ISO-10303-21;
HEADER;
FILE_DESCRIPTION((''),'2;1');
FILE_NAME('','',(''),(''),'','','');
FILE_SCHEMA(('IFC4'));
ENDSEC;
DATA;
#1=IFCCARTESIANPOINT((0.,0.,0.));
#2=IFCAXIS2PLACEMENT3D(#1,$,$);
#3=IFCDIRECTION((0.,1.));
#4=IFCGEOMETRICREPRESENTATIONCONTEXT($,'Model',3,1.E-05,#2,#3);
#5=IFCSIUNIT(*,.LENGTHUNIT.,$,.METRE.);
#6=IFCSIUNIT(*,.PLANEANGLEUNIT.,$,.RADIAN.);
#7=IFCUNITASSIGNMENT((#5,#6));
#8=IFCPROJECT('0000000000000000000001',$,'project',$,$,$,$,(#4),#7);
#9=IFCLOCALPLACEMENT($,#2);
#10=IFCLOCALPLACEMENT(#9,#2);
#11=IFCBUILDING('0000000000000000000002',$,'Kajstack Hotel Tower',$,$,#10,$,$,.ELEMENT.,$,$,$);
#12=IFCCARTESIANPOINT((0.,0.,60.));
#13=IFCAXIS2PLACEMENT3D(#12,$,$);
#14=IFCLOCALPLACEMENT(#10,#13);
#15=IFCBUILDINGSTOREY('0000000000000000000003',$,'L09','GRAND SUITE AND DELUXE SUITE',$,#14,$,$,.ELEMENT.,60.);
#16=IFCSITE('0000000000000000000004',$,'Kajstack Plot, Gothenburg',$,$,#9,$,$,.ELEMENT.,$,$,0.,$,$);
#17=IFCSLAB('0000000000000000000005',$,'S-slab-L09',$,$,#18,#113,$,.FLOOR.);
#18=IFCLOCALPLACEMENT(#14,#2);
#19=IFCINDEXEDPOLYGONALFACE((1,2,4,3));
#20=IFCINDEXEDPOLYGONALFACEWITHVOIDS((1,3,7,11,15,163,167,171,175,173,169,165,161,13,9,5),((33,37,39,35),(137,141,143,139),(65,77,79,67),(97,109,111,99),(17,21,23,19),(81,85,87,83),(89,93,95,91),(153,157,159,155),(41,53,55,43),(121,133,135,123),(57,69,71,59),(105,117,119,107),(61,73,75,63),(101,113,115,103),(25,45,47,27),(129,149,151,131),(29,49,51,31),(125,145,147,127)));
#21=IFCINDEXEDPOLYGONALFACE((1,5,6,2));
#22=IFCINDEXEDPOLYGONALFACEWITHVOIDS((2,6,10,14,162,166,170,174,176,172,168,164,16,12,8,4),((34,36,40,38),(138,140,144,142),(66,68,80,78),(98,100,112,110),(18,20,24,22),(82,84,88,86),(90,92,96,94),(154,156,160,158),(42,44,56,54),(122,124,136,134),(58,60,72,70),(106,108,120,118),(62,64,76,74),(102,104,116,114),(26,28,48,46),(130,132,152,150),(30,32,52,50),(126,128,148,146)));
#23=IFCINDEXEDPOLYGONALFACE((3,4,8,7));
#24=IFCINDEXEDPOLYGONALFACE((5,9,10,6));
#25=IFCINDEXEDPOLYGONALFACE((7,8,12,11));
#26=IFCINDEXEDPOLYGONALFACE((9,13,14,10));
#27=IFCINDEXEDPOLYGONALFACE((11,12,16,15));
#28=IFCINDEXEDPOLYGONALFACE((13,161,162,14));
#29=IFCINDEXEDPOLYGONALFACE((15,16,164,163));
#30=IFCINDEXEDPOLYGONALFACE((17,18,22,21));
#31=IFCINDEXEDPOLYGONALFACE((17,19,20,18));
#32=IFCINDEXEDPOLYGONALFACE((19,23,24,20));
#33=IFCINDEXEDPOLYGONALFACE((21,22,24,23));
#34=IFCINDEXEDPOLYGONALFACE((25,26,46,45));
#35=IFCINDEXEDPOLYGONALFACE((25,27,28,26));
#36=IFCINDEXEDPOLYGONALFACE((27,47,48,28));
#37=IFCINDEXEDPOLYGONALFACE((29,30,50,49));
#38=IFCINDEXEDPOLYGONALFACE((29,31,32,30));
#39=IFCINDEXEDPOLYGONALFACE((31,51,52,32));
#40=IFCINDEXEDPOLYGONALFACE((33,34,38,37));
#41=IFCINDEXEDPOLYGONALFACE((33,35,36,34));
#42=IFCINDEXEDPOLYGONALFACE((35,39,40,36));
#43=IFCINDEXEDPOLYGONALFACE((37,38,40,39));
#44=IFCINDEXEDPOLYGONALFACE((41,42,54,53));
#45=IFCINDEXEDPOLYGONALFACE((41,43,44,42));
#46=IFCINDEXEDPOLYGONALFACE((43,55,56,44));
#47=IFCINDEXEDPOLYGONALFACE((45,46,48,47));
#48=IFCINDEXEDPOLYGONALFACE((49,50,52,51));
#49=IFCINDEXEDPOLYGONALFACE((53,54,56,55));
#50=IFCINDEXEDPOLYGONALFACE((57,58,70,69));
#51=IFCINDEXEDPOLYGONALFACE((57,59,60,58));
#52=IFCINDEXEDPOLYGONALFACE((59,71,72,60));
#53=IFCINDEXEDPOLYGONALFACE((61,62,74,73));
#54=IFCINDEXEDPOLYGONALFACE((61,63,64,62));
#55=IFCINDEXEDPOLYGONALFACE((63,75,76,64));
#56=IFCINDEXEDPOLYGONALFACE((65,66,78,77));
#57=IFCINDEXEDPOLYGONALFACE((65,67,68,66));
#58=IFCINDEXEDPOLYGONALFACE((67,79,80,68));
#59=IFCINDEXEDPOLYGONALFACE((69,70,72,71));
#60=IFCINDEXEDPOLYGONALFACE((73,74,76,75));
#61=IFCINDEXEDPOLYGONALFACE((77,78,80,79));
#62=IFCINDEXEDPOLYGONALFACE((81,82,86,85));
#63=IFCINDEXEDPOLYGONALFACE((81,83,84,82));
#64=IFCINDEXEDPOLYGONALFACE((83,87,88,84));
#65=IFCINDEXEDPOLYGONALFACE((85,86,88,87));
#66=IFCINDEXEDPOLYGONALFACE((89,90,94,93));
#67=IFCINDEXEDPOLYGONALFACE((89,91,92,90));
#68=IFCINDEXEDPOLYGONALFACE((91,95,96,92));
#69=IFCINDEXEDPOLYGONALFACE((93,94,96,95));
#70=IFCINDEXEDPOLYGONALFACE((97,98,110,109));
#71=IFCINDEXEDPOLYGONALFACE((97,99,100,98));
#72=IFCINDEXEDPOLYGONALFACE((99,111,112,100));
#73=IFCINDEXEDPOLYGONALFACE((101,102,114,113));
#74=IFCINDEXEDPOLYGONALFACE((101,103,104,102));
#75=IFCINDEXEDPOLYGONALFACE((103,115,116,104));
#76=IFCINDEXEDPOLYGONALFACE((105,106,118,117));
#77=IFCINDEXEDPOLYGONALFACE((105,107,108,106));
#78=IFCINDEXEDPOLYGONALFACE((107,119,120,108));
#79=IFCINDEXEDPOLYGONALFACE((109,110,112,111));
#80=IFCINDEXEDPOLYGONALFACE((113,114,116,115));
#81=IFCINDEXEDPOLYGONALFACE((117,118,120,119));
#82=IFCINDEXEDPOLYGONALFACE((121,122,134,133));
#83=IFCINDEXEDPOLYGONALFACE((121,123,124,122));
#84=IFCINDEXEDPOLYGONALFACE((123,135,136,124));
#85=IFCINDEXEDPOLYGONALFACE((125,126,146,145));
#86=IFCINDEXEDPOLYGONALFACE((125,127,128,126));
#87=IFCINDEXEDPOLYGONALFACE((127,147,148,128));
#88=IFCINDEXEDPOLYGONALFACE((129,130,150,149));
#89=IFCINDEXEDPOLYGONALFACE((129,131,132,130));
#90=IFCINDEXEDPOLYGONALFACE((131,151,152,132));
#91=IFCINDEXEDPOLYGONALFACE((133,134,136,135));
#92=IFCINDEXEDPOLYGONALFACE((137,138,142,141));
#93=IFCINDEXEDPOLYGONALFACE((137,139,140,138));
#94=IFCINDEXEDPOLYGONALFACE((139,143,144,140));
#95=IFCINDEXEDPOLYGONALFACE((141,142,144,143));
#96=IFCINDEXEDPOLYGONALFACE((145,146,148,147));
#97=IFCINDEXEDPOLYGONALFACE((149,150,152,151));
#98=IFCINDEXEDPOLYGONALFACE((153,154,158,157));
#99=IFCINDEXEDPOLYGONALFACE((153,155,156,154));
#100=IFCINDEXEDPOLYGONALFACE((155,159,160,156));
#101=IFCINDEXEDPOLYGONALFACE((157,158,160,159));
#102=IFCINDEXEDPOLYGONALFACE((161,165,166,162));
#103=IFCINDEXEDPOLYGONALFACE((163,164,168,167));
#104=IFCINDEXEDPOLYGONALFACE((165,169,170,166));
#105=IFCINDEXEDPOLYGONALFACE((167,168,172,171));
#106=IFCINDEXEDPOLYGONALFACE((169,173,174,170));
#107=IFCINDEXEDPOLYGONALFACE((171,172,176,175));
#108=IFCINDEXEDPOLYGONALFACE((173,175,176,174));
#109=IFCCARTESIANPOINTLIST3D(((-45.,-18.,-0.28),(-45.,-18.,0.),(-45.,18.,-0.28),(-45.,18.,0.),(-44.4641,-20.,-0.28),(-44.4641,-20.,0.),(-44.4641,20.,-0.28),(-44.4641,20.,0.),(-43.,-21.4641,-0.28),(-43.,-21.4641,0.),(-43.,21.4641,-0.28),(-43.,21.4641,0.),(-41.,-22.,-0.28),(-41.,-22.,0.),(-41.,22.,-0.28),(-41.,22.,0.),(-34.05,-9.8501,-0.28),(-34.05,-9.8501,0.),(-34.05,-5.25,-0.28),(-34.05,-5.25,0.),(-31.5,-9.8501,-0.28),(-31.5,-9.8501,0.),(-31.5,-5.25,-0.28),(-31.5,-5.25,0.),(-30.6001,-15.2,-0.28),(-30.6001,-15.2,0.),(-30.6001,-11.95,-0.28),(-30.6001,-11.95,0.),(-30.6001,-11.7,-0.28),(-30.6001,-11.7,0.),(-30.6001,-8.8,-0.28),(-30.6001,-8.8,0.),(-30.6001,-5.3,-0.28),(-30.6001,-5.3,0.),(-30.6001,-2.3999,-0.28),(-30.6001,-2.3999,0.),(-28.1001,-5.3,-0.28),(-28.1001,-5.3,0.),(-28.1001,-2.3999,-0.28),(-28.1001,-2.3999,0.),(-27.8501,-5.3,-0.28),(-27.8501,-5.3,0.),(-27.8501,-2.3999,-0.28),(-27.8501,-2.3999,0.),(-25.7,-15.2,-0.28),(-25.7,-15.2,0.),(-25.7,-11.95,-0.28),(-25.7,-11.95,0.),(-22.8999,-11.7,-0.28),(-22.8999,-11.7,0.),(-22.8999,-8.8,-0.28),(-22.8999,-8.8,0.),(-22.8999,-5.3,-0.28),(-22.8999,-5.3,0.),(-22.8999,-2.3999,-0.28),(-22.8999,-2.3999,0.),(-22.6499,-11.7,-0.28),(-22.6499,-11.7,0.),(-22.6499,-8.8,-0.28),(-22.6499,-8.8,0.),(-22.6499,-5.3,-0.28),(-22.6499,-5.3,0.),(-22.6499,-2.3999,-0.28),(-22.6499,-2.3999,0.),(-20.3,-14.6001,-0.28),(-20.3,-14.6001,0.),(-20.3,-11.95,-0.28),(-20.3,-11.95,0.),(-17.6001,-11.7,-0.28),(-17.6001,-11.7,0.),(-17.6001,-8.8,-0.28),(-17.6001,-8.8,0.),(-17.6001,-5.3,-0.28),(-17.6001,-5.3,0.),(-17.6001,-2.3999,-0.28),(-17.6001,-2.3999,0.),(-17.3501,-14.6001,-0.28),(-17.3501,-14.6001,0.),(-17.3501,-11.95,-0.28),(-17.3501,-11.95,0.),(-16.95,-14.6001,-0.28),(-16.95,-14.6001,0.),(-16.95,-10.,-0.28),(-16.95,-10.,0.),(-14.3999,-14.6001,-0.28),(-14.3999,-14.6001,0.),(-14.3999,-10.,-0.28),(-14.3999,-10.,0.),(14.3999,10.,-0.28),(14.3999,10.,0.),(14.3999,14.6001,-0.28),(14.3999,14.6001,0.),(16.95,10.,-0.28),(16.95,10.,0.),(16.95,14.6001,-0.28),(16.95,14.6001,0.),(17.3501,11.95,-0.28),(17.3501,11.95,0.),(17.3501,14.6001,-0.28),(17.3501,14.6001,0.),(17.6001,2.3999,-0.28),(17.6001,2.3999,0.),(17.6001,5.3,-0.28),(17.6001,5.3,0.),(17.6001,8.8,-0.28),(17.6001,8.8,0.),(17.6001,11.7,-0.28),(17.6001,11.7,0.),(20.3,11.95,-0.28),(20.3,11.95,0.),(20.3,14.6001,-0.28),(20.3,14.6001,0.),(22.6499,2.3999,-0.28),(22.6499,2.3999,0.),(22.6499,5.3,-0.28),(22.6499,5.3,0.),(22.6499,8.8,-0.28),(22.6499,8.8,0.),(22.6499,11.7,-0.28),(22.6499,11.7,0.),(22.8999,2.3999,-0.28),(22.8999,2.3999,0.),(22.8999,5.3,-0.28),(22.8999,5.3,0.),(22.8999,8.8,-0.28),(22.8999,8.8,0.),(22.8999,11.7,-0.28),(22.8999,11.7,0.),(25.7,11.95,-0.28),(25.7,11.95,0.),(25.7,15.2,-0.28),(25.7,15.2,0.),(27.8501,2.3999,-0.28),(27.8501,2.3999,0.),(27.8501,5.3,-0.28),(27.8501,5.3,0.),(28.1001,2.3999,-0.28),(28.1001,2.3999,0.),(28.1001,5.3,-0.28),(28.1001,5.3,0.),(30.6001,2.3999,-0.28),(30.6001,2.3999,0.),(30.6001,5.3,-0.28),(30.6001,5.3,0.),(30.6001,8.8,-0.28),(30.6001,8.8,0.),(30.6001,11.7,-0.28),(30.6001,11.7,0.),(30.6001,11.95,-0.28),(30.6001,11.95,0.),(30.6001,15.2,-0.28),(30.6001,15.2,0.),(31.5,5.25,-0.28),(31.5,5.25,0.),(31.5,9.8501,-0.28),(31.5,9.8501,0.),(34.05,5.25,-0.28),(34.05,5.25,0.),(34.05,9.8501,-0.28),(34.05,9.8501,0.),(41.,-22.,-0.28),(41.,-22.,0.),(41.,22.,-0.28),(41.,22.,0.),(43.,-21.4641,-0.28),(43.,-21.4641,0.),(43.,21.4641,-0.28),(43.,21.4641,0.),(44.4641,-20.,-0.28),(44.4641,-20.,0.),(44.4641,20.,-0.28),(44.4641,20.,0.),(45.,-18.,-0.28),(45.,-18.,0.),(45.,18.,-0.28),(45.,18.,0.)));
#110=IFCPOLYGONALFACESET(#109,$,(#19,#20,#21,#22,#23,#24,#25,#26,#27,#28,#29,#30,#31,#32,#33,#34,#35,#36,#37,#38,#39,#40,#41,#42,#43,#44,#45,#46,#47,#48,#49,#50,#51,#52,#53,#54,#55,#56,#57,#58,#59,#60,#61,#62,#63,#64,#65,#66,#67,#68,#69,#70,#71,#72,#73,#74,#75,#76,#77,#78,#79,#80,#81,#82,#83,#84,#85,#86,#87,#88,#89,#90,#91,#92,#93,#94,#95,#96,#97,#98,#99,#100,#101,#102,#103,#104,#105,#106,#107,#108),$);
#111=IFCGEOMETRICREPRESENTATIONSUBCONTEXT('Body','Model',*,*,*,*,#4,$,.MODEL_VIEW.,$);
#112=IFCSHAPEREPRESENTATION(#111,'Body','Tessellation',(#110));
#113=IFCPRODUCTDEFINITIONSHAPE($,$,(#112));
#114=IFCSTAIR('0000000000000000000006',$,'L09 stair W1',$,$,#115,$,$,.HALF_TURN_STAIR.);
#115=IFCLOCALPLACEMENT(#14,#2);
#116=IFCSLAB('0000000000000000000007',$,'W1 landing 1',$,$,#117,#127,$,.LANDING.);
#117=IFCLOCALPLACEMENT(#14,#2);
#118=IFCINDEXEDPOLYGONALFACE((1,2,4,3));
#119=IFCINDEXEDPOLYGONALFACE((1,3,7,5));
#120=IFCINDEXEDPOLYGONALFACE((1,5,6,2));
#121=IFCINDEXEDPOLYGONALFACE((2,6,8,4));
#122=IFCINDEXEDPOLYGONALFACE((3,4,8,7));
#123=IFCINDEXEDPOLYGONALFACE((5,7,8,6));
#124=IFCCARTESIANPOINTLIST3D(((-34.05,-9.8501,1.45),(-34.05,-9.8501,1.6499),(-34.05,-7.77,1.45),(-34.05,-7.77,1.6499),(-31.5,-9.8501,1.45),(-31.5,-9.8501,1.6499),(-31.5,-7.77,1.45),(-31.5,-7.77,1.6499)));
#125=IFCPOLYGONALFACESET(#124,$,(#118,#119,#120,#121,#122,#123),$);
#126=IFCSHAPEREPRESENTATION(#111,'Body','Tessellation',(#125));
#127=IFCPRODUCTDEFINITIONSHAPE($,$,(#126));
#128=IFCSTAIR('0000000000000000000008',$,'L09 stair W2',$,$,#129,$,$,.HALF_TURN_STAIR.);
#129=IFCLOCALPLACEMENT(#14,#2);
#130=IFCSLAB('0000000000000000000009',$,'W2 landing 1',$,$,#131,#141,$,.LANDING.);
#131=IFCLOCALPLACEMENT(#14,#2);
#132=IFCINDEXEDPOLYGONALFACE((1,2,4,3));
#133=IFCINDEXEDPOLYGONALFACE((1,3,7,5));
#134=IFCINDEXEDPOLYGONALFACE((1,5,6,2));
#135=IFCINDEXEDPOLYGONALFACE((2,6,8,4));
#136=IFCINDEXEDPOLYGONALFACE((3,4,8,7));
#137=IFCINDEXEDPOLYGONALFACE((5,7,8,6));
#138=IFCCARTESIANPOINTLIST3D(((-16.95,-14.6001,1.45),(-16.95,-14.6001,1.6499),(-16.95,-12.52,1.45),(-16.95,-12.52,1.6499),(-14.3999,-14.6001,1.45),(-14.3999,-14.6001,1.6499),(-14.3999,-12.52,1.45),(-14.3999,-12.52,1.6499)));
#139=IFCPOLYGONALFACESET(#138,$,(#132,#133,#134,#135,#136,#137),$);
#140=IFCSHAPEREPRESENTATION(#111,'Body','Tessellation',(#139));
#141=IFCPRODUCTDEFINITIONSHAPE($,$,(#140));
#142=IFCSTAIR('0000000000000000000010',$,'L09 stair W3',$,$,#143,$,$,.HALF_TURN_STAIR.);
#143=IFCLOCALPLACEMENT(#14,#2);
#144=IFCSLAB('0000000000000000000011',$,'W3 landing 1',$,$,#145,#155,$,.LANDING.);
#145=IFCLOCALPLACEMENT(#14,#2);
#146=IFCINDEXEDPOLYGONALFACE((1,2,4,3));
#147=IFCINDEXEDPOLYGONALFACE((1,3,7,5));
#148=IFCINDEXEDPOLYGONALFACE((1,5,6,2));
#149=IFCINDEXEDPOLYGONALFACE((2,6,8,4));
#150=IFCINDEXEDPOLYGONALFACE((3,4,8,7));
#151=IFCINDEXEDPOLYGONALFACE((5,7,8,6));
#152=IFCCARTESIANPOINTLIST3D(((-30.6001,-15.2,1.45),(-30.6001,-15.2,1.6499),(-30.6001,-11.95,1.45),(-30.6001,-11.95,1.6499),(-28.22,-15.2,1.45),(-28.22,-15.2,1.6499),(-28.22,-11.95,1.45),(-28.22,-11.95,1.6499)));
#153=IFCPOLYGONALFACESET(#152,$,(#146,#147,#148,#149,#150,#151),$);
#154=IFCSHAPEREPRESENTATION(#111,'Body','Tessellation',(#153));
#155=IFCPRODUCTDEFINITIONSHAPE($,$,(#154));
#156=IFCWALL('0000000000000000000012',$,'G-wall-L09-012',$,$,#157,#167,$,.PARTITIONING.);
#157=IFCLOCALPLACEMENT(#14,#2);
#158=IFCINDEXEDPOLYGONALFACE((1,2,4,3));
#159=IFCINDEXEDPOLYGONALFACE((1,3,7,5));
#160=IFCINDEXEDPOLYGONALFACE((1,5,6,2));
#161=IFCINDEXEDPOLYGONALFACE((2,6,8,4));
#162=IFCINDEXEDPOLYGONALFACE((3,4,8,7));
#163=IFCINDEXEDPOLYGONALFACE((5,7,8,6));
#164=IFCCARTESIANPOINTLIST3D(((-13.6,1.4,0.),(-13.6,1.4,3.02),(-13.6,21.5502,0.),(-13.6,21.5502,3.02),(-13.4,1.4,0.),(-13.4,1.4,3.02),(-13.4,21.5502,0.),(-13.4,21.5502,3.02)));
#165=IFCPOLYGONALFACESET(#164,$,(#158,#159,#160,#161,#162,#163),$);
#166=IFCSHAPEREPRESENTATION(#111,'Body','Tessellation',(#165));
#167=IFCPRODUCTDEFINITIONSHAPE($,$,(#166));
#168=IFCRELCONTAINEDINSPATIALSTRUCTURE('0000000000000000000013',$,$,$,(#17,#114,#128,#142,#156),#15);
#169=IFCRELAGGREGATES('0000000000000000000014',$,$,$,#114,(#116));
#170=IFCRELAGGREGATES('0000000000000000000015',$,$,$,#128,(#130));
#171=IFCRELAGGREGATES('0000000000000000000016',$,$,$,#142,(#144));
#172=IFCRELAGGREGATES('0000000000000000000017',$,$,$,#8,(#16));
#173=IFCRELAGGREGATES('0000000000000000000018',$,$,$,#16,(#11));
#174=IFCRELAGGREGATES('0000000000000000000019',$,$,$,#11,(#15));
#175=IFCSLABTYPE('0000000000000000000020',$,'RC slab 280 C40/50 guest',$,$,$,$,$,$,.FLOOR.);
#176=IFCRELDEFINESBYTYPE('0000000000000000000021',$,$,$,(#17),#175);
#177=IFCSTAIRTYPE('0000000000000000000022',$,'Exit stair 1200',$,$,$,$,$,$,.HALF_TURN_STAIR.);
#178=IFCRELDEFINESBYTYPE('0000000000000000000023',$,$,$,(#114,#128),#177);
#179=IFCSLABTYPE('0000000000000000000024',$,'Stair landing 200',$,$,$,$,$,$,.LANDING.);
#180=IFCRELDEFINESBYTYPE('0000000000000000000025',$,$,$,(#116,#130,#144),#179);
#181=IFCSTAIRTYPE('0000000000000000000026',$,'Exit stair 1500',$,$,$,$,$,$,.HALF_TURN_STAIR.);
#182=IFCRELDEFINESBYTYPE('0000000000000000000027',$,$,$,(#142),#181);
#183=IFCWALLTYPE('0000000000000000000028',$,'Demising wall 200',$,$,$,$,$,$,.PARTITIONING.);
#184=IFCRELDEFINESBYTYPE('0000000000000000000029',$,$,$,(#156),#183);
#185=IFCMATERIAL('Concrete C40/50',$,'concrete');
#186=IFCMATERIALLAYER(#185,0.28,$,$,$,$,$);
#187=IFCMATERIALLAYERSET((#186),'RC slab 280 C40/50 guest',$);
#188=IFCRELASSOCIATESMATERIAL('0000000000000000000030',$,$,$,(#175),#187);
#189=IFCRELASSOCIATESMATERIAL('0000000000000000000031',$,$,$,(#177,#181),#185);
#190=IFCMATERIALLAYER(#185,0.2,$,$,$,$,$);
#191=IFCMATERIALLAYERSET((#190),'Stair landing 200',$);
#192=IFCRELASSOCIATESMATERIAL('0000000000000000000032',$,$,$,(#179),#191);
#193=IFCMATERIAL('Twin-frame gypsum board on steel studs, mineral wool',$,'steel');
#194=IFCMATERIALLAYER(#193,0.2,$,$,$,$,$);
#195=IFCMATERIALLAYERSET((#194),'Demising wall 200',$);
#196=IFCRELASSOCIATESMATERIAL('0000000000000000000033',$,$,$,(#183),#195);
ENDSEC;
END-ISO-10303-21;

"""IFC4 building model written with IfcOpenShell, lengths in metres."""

from ifc_helpers import new_model, si_unit, direction, frame, frame_2d, origin, place, context, subcontext, project, spatial, polyline, rectangle, outline, extrude, material, layer, layer_set, type_object, element, aggregate, save


model = new_model("IFC4")

# Units and contexts
model_context = context("Model", 3, precision=1e-05, world=origin(), true_north=direction((0.0, 1.0)))
body_context = subcontext(model_context, "Body", "Model", "MODEL_VIEW")
ifc_project = project(units=[si_unit("LENGTHUNIT", "METRE"), si_unit("PLANEANGLEUNIT", "RADIAN")], contexts=[model_context])

# Site, building, storey
site_placement = place(None, origin())
site = spatial("IfcSite", under=ifc_project, at=site_placement, Name="Kajstack Plot, Gothenburg", CompositionType="ELEMENT", RefElevation=0.0)
building_placement = place(site_placement, origin())
building = spatial("IfcBuilding", under=site, at=building_placement, Name="Kajstack Hotel Tower", CompositionType="ELEMENT")
storey_placement = place(building_placement, frame((0.0, 0.0, 60.0)))
storey = spatial("IfcBuildingStorey", under=building, at=storey_placement, Name="L09", Description="GRAND SUITE AND DELUXE SUITE", CompositionType="ELEMENT", Elevation=60.0)

# Slab
ifc_material_1 = material(Name="Concrete C40/50", Category="concrete")
ifc_layer_1 = layer(ifc_material_1, 0.28)
ifc_layer_set_1 = layer_set([ifc_layer_1], Name="RC slab 280 C40/50 guest")
slab_type_1 = type_object("IfcSlabType", Name="RC slab 280 C40/50 guest", PredefinedType="FLOOR", material=ifc_layer_set_1)
slab_1_placement = place(storey_placement, frame((0.0, 0.0, -0.28)))
element("IfcSlab", 1, at=slab_1_placement, inside=storey, type_object=slab_type_1, Name="S-slab-L09", PredefinedType="FLOOR", context=body_context, shape_type="SweptSolid", body=[
    extrude(outline(polyline([(-45.0, -18.0), (-44.4641, -20.0), (-43.0, -21.4641), (-41.0, -22.0), (41.0, -22.0), (43.0, -21.4641), (44.4641, -20.0), (45.0, -18.0), (45.0, 18.0), (44.4641, 20.0), (43.0, 21.4641), (41.0, 22.0), (-41.0, 22.0), (-43.0, 21.4641), (-44.4641, 20.0), (-45.0, 18.0), (-45.0, -18.0)]), holes=[polyline([(-30.6001, -11.7), (-30.6001, -8.8), (-22.8999, -8.8), (-22.8999, -11.7), (-30.6001, -11.7)]), polyline([(-22.6499, -11.7), (-22.6499, -8.8), (-17.6001, -8.8), (-17.6001, -11.7), (-22.6499, -11.7)]), polyline([(-27.8501, -5.3), (-27.8501, -2.3999), (-22.8999, -2.3999), (-22.8999, -5.3), (-27.8501, -5.3)]), polyline([(-22.6499, -5.3), (-22.6499, -2.3999), (-17.6001, -2.3999), (-17.6001, -5.3), (-22.6499, -5.3)]), polyline([(-20.3, -14.6001), (-17.3501, -14.6001), (-17.3501, -11.95), (-20.3, -11.95), (-20.3, -14.6001)]), polyline([(-30.6001, -5.3), (-28.1001, -5.3), (-28.1001, -2.3999), (-30.6001, -2.3999), (-30.6001, -5.3)]), polyline([(22.8999, 8.8), (22.8999, 11.7), (30.6001, 11.7), (30.6001, 8.8), (22.8999, 8.8)]), polyline([(17.6001, 8.8), (17.6001, 11.7), (22.6499, 11.7), (22.6499, 8.8), (17.6001, 8.8)]), polyline([(22.8999, 2.3999), (22.8999, 5.3), (27.8501, 5.3), (27.8501, 2.3999), (22.8999, 2.3999)]), polyline([(17.6001, 2.3999), (17.6001, 5.3), (22.6499, 5.3), (22.6499, 2.3999), (17.6001, 2.3999)]), polyline([(20.3, 14.6001), (17.3501, 14.6001), (17.3501, 11.95), (20.3, 11.95), (20.3, 14.6001)]), polyline([(30.6001, 5.3), (28.1001, 5.3), (28.1001, 2.3999), (30.6001, 2.3999), (30.6001, 5.3)]), polyline([(-34.05, -9.8501), (-31.5, -9.8501), (-31.5, -5.25), (-34.05, -5.25), (-34.05, -9.8501)]), polyline([(-16.95, -14.6001), (-14.3999, -14.6001), (-14.3999, -10.0), (-16.95, -10.0), (-16.95, -14.6001)]), polyline([(-30.6001, -15.2), (-25.7, -15.2), (-25.7, -11.95), (-30.6001, -11.95), (-30.6001, -15.2)]), polyline([(34.05, 9.8501), (31.5, 9.8501), (31.5, 5.25), (34.05, 5.25), (34.05, 9.8501)]), polyline([(16.95, 14.6001), (14.3999, 14.6001), (14.3999, 10.0), (16.95, 10.0), (16.95, 14.6001)]), polyline([(30.6001, 15.2), (25.7, 15.2), (25.7, 11.95), (30.6001, 11.95), (30.6001, 15.2)])]), origin(), (0.0, 0.0, 1.0), 0.28),
])

# Stairs, slabs
stair_type_1 = type_object("IfcStairType", Name="Exit stair 1200", PredefinedType="HALF_TURN_STAIR", material=ifc_material_1)
stair_1_placement = place(storey_placement, origin())
stair_1 = element("IfcStair", 2, at=stair_1_placement, inside=storey, type_object=stair_type_1, Name="L09 stair W1", PredefinedType="HALF_TURN_STAIR")
ifc_layer_2 = layer(ifc_material_1, 0.2)
ifc_layer_set_2 = layer_set([ifc_layer_2], Name="Stair landing 200")
slab_type_2 = type_object("IfcSlabType", Name="Stair landing 200", PredefinedType="LANDING", material=ifc_layer_set_2)
slab_2_placement = place(storey_placement, frame((0.0, 0.0, 1.45)))
slab_2 = element("IfcSlab", 3, at=slab_2_placement, type_object=slab_type_2, Name="W1 landing 1", PredefinedType="LANDING", context=body_context, shape_type="SweptSolid", body=[
    extrude(outline(polyline([(-34.05, -7.77), (-34.05, -9.8501), (-31.5, -9.8501), (-31.5, -7.77), (-34.05, -7.77)])), origin(), (0.0, 0.0, 1.0), 0.2),
])
aggregate(stair_1, [slab_2])
stair_2_placement = place(storey_placement, origin())
stair_2 = element("IfcStair", 4, at=stair_2_placement, inside=storey, type_object=stair_type_1, Name="L09 stair W2", PredefinedType="HALF_TURN_STAIR")
slab_3_placement = place(storey_placement, frame((0.0, 0.0, 1.45)))
slab_3 = element("IfcSlab", 5, at=slab_3_placement, type_object=slab_type_2, Name="W2 landing 1", PredefinedType="LANDING", context=body_context, shape_type="SweptSolid", body=[
    extrude(outline(polyline([(-16.95, -12.52), (-16.95, -14.6001), (-14.3999, -14.6001), (-14.3999, -12.52), (-16.95, -12.52)])), origin(), (0.0, 0.0, 1.0), 0.2),
])
aggregate(stair_2, [slab_3])
stair_type_2 = type_object("IfcStairType", Name="Exit stair 1500", PredefinedType="HALF_TURN_STAIR", material=ifc_material_1)
stair_3_placement = place(storey_placement, origin())
stair_3 = element("IfcStair", 6, at=stair_3_placement, inside=storey, type_object=stair_type_2, Name="L09 stair W3", PredefinedType="HALF_TURN_STAIR")
slab_4_placement = place(storey_placement, frame((0.0, 0.0, 1.45)))
slab_4 = element("IfcSlab", 7, at=slab_4_placement, type_object=slab_type_2, Name="W3 landing 1", PredefinedType="LANDING", context=body_context, shape_type="SweptSolid", body=[
    extrude(outline(polyline([(-28.22, -11.95), (-30.6001, -11.95), (-30.6001, -15.2), (-28.22, -15.2), (-28.22, -11.95)])), origin(), (0.0, 0.0, 1.0), 0.2),
])
aggregate(stair_3, [slab_4])

# Wall
ifc_material_2 = material(Name="Twin-frame gypsum board on steel studs, mineral wool", Category="steel")
ifc_layer_3 = layer(ifc_material_2, 0.2)
ifc_layer_set_3 = layer_set([ifc_layer_3], Name="Demising wall 200")
wall_type_1 = type_object("IfcWallType", Name="Demising wall 200", PredefinedType="PARTITIONING", material=ifc_layer_set_3)
wall_1_placement = place(storey_placement, frame((-13.5, 1.3999, 0.0), z_axis=(0.0, 0.0, 1.0), x_axis=(0.0, 1.0, 0.0)))
element("IfcWall", 8, at=wall_1_placement, inside=storey, type_object=wall_type_1, Name="G-wall-L09-012", PredefinedType="PARTITIONING", context=body_context, shape_type="SweptSolid", body=[
    extrude(rectangle(XDim=20.1501, YDim=0.2, at=frame_2d((10.0752, 0.0))), origin(), (0.0, 0.0, 1.0), 3.02),
])

save(model, "model.ifc")
